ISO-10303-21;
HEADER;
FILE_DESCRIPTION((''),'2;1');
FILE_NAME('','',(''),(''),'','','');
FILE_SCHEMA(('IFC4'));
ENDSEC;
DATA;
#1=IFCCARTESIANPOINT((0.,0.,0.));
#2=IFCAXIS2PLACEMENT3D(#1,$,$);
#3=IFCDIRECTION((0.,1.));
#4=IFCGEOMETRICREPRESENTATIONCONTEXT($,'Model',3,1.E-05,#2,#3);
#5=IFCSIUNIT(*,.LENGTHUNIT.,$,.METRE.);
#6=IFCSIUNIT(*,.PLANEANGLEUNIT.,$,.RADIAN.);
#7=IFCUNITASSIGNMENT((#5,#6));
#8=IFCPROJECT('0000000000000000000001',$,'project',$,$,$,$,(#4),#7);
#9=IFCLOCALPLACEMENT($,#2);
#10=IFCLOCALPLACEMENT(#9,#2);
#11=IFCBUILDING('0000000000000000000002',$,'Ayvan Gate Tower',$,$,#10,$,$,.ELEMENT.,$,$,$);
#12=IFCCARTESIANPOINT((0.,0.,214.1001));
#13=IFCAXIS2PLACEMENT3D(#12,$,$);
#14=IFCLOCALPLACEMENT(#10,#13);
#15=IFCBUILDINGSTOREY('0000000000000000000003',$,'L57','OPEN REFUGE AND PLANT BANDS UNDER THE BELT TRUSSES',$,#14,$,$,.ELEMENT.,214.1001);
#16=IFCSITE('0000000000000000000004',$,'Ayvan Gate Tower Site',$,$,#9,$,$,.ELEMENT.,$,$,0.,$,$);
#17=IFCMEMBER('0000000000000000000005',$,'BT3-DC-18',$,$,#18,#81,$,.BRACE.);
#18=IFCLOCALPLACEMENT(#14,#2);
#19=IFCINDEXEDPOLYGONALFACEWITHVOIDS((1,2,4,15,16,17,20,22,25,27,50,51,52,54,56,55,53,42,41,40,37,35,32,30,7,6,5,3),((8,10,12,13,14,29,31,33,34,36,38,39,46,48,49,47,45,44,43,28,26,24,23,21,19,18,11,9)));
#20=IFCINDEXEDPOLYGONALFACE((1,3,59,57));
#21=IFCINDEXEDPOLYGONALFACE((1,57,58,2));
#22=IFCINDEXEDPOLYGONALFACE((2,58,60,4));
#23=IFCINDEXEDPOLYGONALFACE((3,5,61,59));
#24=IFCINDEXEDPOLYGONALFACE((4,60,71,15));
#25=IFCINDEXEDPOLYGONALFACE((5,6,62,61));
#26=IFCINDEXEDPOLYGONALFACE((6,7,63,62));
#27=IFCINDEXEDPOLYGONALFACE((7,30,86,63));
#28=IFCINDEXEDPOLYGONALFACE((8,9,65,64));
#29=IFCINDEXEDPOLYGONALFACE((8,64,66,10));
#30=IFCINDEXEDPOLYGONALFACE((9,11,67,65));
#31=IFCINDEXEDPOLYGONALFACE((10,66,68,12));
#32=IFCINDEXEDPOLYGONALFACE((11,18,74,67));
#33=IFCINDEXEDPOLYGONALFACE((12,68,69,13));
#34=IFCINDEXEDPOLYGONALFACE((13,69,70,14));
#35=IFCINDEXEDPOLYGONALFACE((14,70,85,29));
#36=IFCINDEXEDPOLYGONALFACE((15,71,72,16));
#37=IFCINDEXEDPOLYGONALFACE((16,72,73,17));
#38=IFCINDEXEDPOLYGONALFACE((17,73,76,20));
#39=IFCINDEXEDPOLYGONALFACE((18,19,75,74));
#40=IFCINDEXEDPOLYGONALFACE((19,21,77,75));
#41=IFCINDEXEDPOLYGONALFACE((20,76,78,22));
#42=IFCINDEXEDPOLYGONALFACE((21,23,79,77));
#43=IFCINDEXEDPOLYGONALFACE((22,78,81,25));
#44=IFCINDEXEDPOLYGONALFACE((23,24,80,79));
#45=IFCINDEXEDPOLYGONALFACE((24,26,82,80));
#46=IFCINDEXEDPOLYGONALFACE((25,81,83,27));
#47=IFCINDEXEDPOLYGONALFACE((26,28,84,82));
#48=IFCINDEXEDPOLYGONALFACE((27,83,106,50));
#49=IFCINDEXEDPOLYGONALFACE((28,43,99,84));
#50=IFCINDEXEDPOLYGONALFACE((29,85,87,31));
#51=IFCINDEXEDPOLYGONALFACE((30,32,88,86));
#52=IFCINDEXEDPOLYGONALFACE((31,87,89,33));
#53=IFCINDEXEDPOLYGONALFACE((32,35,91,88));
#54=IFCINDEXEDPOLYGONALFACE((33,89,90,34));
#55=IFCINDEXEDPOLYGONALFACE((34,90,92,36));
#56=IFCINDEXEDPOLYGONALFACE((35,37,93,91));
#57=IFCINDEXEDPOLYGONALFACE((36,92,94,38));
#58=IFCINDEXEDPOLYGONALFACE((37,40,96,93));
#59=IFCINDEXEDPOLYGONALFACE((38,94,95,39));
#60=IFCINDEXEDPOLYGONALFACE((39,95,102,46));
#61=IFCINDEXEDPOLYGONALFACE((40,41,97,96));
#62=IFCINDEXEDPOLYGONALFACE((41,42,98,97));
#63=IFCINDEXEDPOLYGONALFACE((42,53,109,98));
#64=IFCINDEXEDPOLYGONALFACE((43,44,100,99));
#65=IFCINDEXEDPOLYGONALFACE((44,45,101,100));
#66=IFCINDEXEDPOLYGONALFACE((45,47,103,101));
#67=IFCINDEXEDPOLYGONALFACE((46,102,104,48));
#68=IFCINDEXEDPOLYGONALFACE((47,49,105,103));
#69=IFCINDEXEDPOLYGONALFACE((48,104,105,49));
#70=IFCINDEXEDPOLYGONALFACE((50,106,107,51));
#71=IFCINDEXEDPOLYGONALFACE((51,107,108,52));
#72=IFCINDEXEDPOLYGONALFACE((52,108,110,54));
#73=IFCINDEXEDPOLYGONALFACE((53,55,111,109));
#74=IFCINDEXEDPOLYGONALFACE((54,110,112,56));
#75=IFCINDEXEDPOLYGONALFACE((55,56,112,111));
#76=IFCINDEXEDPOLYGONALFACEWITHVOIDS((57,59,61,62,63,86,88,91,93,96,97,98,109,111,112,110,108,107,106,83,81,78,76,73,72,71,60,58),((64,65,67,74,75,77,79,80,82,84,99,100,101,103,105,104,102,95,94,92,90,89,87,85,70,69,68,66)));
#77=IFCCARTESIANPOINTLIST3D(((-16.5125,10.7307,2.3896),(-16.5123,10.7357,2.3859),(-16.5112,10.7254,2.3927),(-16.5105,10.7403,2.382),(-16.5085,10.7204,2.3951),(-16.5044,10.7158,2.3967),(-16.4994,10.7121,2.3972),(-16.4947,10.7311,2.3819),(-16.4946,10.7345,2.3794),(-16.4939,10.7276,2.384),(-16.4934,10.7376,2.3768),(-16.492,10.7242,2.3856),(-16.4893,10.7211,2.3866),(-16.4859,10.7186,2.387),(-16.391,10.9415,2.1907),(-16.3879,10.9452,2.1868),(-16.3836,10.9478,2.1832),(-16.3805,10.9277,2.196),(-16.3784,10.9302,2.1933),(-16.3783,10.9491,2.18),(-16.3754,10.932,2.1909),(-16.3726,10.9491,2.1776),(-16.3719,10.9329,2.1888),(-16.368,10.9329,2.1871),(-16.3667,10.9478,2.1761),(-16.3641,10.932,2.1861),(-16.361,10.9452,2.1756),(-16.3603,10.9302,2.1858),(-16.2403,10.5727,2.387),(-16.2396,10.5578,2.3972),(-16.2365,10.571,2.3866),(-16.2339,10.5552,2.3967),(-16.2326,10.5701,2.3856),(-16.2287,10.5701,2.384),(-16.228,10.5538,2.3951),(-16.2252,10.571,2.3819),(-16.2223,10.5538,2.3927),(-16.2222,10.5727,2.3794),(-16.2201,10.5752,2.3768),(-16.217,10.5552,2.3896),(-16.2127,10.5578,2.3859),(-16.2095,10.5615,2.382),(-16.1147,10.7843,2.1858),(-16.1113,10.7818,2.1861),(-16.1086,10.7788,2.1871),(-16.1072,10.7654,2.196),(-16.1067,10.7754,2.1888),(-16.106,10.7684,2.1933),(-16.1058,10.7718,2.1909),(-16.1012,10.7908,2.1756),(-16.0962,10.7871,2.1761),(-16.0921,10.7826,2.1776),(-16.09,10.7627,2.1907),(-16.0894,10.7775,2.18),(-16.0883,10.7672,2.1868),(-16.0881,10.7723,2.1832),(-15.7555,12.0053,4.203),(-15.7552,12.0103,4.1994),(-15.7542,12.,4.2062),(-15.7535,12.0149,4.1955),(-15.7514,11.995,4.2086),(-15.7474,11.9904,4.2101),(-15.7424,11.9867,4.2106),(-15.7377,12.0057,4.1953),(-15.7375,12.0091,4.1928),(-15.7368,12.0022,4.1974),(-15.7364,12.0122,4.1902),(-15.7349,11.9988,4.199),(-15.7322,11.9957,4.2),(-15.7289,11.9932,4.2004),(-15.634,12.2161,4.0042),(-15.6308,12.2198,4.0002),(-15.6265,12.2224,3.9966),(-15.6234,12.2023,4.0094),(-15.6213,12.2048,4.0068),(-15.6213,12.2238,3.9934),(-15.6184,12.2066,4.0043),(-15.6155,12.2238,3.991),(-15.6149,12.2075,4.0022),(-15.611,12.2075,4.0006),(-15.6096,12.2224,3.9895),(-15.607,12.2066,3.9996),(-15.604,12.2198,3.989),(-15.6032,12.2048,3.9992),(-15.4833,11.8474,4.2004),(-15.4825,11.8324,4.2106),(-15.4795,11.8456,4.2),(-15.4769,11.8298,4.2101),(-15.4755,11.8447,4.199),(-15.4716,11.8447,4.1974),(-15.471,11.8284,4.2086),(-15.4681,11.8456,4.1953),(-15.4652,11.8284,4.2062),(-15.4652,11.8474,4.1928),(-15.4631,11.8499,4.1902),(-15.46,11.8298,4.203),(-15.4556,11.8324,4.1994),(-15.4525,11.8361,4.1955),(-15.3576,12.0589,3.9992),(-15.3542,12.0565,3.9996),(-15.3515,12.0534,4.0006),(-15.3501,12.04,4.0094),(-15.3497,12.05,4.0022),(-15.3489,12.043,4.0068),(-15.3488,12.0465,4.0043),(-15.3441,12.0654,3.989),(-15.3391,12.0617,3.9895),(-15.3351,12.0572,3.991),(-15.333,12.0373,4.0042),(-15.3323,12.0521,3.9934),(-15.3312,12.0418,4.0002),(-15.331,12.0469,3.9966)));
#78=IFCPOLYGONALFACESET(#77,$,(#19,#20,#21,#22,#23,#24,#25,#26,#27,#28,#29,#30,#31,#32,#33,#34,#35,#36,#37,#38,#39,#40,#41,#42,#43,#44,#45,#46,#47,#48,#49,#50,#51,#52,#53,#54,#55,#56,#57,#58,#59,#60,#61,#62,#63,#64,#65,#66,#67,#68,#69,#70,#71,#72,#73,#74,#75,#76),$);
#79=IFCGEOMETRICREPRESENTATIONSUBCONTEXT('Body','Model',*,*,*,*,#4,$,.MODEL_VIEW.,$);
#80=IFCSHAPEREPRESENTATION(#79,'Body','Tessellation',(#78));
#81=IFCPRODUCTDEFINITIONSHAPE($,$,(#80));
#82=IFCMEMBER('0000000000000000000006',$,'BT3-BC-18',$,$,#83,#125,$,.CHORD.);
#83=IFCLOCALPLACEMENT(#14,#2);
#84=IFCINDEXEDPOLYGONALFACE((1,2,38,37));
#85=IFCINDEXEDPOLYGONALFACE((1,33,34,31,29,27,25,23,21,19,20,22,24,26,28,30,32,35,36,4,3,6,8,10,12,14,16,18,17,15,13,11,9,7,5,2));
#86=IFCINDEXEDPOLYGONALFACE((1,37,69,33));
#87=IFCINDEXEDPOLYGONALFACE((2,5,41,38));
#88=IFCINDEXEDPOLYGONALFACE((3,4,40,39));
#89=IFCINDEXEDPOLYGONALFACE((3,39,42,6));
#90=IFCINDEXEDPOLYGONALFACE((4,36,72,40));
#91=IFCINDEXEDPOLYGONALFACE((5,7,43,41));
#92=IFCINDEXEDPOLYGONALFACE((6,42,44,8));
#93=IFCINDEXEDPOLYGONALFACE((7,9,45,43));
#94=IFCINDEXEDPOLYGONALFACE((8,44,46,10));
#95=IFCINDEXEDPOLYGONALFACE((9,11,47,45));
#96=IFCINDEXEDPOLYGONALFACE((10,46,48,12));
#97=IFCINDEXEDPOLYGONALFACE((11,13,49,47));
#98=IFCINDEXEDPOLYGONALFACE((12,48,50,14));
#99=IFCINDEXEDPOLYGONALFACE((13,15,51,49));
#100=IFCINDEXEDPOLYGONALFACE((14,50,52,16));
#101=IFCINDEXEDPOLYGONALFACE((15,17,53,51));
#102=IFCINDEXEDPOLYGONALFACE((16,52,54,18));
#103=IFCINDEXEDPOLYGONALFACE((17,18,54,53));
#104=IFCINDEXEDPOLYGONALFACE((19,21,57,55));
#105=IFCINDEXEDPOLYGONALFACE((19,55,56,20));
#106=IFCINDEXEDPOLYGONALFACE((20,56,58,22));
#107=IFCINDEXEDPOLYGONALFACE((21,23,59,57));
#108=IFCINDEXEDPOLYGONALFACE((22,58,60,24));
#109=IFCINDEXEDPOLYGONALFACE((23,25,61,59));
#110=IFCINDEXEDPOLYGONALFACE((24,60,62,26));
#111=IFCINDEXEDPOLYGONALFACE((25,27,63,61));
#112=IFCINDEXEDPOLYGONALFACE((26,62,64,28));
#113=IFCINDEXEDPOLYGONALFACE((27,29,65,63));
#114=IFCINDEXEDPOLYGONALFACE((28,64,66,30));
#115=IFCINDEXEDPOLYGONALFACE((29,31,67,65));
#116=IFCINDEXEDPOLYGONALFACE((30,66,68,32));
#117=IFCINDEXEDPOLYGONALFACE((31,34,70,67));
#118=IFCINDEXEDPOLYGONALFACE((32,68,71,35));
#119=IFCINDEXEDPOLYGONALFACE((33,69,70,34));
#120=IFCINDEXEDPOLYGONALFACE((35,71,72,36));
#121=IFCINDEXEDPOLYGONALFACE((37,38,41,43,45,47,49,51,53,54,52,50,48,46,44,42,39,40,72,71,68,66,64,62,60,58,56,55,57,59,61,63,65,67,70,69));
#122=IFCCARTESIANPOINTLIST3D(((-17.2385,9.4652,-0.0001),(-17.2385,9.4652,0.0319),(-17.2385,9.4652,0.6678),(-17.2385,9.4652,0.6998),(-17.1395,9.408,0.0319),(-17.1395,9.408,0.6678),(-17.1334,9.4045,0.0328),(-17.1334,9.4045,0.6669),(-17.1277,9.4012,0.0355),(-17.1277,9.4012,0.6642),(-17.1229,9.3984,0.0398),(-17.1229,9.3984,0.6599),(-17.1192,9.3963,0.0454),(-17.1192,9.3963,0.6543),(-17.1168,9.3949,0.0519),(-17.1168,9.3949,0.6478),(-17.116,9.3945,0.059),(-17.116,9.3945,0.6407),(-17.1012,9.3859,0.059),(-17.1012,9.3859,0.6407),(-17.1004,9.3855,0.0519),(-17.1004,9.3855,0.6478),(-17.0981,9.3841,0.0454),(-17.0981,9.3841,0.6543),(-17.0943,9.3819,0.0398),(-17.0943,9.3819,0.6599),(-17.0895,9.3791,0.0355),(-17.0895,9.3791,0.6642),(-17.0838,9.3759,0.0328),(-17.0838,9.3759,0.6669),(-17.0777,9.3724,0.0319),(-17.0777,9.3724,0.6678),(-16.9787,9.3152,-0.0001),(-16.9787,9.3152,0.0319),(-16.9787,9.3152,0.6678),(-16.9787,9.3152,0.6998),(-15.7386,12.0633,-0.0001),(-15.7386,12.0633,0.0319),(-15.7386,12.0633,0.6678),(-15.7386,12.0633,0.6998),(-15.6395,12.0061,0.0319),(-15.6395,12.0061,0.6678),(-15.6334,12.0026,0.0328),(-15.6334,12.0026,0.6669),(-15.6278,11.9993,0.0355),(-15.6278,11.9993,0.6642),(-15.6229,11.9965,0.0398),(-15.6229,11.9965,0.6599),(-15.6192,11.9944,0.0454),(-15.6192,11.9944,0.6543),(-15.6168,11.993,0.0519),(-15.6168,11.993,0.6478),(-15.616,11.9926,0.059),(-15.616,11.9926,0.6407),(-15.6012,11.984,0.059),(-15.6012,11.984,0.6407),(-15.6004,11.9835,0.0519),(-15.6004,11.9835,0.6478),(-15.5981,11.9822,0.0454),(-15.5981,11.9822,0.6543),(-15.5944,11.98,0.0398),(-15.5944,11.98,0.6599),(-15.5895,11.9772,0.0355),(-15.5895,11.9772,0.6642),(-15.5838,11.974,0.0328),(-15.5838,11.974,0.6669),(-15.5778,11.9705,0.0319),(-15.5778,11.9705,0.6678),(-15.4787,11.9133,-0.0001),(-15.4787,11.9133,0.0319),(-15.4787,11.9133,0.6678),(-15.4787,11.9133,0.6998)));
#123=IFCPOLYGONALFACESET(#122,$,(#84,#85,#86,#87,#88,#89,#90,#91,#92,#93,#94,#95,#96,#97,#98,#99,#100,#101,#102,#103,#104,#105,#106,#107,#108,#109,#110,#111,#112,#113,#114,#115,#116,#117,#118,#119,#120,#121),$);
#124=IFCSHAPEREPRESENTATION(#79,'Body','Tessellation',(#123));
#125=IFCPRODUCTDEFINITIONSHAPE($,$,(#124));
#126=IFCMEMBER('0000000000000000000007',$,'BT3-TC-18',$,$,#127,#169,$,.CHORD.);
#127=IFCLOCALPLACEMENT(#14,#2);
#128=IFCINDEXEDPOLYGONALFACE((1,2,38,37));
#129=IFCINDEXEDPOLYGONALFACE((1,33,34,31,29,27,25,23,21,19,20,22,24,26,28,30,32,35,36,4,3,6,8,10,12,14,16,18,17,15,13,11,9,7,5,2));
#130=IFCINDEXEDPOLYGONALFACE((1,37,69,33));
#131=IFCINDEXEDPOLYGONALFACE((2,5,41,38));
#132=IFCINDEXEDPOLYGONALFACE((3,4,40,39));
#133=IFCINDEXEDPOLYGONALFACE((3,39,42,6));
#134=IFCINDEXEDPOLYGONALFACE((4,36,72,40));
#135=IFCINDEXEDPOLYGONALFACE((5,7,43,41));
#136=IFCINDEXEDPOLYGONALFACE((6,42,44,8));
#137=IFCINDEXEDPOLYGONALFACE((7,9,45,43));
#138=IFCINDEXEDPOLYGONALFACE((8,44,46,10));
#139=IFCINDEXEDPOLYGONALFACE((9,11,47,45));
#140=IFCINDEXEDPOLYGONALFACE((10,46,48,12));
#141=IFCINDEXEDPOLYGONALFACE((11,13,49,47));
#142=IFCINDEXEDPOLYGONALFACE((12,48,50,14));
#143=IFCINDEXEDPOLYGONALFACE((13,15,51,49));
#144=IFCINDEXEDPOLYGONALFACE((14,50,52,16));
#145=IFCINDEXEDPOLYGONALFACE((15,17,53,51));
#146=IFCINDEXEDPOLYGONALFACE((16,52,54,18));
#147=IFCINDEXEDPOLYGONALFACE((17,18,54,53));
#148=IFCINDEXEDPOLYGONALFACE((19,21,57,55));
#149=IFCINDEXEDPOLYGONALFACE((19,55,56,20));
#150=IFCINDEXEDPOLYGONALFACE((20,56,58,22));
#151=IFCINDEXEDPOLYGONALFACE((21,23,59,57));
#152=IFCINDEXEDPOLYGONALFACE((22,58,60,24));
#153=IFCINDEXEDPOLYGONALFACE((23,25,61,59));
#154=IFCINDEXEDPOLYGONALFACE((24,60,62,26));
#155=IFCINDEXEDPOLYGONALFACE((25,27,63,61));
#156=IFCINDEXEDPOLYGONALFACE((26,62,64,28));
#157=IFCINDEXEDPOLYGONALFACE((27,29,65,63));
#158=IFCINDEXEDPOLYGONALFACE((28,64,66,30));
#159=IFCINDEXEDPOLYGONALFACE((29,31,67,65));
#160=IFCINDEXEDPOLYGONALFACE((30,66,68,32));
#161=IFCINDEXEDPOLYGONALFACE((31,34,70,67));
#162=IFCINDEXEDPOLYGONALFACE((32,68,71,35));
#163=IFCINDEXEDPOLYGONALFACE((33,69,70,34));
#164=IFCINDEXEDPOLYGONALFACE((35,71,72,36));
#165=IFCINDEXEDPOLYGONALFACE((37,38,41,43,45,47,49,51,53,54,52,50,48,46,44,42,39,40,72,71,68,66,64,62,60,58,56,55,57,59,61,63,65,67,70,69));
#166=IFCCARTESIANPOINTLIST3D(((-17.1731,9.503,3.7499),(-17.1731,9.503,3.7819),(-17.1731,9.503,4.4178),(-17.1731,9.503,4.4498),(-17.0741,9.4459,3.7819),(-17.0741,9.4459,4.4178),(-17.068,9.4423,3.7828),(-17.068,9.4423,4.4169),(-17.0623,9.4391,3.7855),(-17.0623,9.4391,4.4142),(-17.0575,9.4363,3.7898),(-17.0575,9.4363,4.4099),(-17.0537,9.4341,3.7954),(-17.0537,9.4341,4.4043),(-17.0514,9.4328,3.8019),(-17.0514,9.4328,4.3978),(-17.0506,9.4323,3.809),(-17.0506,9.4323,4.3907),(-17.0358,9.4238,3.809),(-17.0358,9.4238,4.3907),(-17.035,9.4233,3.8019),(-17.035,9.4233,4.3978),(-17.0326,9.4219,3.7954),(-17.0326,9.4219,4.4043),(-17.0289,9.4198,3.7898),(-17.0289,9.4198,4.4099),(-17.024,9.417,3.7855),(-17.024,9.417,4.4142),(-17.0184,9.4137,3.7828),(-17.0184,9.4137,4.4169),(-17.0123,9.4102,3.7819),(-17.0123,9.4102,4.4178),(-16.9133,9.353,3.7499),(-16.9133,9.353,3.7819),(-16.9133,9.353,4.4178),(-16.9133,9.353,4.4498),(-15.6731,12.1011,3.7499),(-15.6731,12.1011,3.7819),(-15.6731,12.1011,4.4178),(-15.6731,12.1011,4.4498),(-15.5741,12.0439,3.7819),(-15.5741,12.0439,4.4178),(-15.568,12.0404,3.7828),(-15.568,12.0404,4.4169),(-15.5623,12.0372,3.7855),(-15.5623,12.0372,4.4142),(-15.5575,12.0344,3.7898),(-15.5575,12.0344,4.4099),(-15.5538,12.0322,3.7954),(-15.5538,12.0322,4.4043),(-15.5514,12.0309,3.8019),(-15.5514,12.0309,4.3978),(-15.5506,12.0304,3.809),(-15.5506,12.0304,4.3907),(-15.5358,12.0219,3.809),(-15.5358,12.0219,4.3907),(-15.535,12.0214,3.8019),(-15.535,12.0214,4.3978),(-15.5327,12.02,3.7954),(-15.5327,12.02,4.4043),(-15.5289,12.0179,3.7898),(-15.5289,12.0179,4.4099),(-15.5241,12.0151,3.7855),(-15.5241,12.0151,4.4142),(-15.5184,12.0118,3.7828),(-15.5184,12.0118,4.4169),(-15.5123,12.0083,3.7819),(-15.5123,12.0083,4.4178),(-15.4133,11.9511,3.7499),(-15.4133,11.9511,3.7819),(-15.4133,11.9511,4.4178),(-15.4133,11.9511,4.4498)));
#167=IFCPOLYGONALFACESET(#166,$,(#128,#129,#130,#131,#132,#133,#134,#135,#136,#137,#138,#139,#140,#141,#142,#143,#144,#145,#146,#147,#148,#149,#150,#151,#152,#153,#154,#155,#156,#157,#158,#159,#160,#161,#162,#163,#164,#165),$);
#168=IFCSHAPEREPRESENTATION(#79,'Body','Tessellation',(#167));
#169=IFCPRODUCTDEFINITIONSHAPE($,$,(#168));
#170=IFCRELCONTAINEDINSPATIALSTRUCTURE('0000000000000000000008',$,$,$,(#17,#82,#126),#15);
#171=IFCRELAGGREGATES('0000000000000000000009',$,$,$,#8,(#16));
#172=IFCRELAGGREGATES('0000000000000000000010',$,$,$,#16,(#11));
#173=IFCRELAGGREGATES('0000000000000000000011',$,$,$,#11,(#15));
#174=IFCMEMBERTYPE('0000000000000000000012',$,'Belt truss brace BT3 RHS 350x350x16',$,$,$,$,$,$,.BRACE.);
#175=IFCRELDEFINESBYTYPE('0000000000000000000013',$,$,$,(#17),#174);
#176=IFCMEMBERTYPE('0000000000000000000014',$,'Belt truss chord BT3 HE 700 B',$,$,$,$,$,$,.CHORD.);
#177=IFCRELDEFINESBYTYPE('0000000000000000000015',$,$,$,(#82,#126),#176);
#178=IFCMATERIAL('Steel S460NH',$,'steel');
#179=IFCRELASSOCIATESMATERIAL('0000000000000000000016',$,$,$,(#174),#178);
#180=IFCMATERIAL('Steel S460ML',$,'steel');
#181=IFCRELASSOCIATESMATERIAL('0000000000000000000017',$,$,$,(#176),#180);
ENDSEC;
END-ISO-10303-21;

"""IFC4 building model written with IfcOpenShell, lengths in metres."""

from ifc_helpers import new_model, si_unit, direction, frame, origin, origin_2d, place, context, subcontext, project, spatial, hollow_rectangle, i_section, extrude, material, material_profile, profile_set, type_object, element, save


model = new_model("IFC4")

# Units and contexts
model_context = context("Model", 3, precision=1e-05, world=origin(), true_north=direction((0.0, 1.0)))
body_context = subcontext(model_context, "Body", "Model", "MODEL_VIEW")
ifc_project = project(units=[si_unit("LENGTHUNIT", "METRE"), si_unit("PLANEANGLEUNIT", "RADIAN")], contexts=[model_context])

# Site, building, storey
site_placement = place(None, origin())
site = spatial("IfcSite", under=ifc_project, at=site_placement, Name="Ayvan Gate Tower Site", CompositionType="ELEMENT", RefElevation=0.0)
building_placement = place(site_placement, origin())
building = spatial("IfcBuilding", under=site, at=building_placement, Name="Ayvan Gate Tower", CompositionType="ELEMENT")
storey_placement = place(building_placement, frame((0.0, 0.0, 214.1001)))
storey = spatial("IfcBuildingStorey", under=building, at=storey_placement, Name="L57", Description="OPEN REFUGE AND PLANT BANDS UNDER THE BELT TRUSSES", CompositionType="ELEMENT", Elevation=214.1001)

# Members
ifc_material_1 = material(Name="Steel S460NH", Category="steel")
ifc_material_profile_1 = material_profile(ifc_material_1, hollow_rectangle(XDim=0.3501, YDim=0.3501, WallThickness=0.0161, InnerFilletRadius=0.0161, OuterFilletRadius=0.0239, at=origin_2d()), Name="RHS 350x350x16")
ifc_profile_set_1 = profile_set([ifc_material_profile_1], Name="Steel S460NH")
member_type_1 = type_object("IfcMemberType", Name="Belt truss brace BT3 RHS 350x350x16", PredefinedType="BRACE", material=ifc_profile_set_1)
member_1_placement = place(storey_placement, frame((-16.3003, 10.7515, 2.2864), z_axis=(0.323213, 0.544178, 0.774211), x_axis=(-0.85978, 0.510664, 0.0)))
element("IfcMember", 1, at=member_1_placement, inside=storey, type_object=member_type_1, Name="BT3-DC-18", PredefinedType="BRACE", context=body_context, shape_type="SweptSolid", body=[
    extrude(hollow_rectangle(XDim=0.3501, YDim=0.3501, WallThickness=0.0161, InnerFilletRadius=0.0161, OuterFilletRadius=0.0239, at=origin_2d()), origin(), (0.0, 0.0, 1.0), 2.3423),
])
ifc_material_2 = material(Name="Steel S460ML", Category="steel")
ifc_material_profile_2 = material_profile(ifc_material_2, i_section(OverallWidth=0.3, OverallDepth=0.7, WebThickness=0.0171, FlangeThickness=0.032, FilletRadius=0.0271, at=origin_2d()), Name="HE 700 B")
ifc_profile_set_2 = profile_set([ifc_material_profile_2], Name="Steel S460ML")
member_type_2 = type_object("IfcMemberType", Name="Belt truss chord BT3 HE 700 B", PredefinedType="CHORD", material=ifc_profile_set_2)
for number, where, z_axis, x_axis, name in (
    (2, (-15.6086, 11.9883, 0.3499), (-0.49999, -0.866031, 0.0), (0.866031, -0.49999, 0.0), "BT3-BC-18"),
    (3, (-15.5432, 12.0261, 4.0999), (-0.49999, -0.866031, 0.0), (0.866031, -0.49999, 0.0), "BT3-TC-18"),
):
    element("IfcMember", number, at=place(storey_placement, frame(where, z_axis=z_axis, x_axis=x_axis)), inside=storey, type_object=member_type_2, Name=name, PredefinedType="CHORD", context=body_context, shape_type="SweptSolid", body=[
        extrude(i_section(OverallWidth=0.3, OverallDepth=0.7, WebThickness=0.0171, FlangeThickness=0.032, FilletRadius=0.0271, at=origin_2d()), origin(), (0.0, 0.0, 1.0), 3.0),
    ])

save(model, "model.ifc")
